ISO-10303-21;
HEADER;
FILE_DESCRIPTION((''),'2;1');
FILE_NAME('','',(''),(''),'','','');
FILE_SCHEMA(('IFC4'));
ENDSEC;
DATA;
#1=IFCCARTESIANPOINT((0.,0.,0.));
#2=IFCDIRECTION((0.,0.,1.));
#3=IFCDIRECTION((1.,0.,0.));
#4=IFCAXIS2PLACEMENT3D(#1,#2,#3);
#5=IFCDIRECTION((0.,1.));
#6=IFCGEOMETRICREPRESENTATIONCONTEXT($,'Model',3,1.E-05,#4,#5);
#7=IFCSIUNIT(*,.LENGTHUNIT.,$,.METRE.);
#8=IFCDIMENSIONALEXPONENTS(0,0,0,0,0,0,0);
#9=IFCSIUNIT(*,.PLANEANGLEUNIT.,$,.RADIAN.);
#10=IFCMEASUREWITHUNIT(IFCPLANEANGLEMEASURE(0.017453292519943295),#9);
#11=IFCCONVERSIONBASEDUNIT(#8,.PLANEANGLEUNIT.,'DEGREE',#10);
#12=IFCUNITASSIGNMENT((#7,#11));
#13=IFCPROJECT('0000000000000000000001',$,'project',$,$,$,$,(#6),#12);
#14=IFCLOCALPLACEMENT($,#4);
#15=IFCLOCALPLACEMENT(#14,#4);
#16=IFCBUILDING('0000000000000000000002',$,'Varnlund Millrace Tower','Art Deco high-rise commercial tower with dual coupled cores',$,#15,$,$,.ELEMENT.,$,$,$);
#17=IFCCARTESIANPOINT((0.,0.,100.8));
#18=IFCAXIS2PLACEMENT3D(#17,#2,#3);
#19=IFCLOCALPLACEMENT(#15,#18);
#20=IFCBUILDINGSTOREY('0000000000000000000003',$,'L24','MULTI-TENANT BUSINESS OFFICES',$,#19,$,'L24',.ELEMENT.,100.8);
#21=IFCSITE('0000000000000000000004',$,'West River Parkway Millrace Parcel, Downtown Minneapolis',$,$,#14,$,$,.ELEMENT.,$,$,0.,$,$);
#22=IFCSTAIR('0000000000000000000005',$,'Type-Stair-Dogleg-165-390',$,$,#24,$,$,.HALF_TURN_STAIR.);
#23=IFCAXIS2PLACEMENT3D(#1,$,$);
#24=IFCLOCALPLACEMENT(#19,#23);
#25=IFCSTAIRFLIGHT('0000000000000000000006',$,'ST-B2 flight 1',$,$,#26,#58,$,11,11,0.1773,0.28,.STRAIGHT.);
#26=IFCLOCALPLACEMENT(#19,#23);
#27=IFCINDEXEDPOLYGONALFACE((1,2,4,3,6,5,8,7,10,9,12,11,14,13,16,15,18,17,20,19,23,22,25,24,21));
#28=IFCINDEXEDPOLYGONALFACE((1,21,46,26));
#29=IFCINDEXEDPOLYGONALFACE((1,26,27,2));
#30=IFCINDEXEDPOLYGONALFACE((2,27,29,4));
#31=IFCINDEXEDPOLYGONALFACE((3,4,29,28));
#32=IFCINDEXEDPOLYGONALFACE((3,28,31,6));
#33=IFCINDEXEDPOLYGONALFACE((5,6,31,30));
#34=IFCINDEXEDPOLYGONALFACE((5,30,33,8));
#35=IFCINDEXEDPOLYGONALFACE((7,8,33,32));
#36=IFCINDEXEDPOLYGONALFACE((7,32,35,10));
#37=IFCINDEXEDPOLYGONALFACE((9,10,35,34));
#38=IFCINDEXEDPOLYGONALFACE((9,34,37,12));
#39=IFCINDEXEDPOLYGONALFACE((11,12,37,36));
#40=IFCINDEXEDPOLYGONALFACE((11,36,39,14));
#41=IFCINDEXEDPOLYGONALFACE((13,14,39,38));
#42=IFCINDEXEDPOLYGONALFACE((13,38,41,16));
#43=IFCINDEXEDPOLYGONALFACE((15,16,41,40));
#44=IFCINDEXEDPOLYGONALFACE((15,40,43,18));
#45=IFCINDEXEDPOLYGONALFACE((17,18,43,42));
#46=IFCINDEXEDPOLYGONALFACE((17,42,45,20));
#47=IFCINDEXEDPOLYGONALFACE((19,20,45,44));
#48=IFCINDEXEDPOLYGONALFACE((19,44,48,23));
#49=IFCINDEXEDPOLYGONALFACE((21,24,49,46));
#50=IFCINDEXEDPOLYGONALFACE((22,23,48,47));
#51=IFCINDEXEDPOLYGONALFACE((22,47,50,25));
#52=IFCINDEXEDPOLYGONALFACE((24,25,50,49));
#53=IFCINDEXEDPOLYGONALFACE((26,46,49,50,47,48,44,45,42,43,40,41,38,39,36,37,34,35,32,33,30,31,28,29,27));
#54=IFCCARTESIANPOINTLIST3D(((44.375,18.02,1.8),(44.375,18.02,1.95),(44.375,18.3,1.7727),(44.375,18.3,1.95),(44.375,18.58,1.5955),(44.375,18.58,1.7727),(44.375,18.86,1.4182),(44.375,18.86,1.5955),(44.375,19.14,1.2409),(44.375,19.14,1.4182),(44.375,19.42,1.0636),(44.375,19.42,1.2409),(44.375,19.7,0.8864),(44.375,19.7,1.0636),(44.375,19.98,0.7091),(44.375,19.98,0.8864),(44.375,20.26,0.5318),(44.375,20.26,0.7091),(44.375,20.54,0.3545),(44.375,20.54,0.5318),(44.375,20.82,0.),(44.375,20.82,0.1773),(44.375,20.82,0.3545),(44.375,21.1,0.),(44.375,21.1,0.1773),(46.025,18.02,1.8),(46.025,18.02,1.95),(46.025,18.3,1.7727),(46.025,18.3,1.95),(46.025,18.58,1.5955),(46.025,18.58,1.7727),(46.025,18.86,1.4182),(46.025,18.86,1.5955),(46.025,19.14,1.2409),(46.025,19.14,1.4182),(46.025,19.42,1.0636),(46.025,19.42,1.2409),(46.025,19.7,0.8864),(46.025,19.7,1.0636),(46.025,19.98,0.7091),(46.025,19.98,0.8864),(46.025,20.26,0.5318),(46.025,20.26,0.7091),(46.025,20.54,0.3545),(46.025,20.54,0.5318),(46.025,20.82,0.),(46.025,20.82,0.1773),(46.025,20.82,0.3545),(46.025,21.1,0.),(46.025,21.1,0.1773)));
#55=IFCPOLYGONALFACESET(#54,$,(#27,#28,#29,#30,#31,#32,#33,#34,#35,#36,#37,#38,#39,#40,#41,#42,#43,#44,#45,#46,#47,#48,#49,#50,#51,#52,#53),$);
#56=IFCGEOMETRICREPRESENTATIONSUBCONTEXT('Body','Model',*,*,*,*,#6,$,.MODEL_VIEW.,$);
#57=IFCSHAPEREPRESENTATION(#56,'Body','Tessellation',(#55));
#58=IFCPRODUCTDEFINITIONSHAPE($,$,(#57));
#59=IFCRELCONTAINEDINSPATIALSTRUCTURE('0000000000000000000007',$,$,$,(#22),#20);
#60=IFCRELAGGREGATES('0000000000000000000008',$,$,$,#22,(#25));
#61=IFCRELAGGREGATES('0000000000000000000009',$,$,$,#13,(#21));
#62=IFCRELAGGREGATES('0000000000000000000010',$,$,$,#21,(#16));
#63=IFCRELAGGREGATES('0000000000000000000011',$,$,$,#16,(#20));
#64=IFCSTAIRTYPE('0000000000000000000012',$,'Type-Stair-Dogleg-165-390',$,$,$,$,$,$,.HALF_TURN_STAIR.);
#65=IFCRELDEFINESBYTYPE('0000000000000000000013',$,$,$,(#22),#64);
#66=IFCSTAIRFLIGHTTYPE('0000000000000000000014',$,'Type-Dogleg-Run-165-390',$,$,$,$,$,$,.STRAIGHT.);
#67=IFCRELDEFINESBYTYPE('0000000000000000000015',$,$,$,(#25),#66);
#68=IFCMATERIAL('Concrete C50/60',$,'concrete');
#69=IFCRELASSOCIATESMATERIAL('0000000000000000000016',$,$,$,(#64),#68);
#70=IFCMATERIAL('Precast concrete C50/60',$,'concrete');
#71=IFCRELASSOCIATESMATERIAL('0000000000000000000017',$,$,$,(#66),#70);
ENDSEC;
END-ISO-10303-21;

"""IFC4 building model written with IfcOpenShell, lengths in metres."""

from ifc_helpers import new_model, entity, si_unit, converted_unit, direction, frame, origin_with_axes, place, context, subcontext, project, spatial, polyline, outline, extrude, material, type_object, element, aggregate, save


model = new_model("IFC4")

# Units and contexts
model_context = context("Model", 3, precision=1e-05, world=origin_with_axes(), true_north=direction((0.0, 1.0)))
body_context = subcontext(model_context, "Body", "Model", "MODEL_VIEW")
ifc_project = project(units=[si_unit("LENGTHUNIT", "METRE"), converted_unit("PLANEANGLEUNIT", "DEGREE", entity("IfcPlaneAngleMeasure", 0.017453292519943295), si_unit("PLANEANGLEUNIT", "RADIAN"), dimensions=[0, 0, 0, 0, 0, 0, 0])], contexts=[model_context])

# Site, building, storey
site_placement = place(None, origin_with_axes())
site = spatial("IfcSite", under=ifc_project, at=site_placement, Name="West River Parkway Millrace Parcel, Downtown Minneapolis", CompositionType="ELEMENT", RefElevation=0.0)
building_placement = place(site_placement, origin_with_axes())
building = spatial("IfcBuilding", under=site, at=building_placement, Name="Varnlund Millrace Tower", Description="Art Deco high-rise commercial tower with dual coupled cores", CompositionType="ELEMENT")
storey_placement = place(building_placement, frame((0.0, 0.0, 100.8), z_axis=(0.0, 0.0, 1.0), x_axis=(1.0, 0.0, 0.0)))
storey = spatial("IfcBuildingStorey", under=building, at=storey_placement, Name="L24", Description="MULTI-TENANT BUSINESS OFFICES", LongName="L24", CompositionType="ELEMENT", Elevation=100.8)

# Stair, stair flight
ifc_material_1 = material(Name="Concrete C50/60", Category="concrete")
stair_type = type_object("IfcStairType", Name="Type-Stair-Dogleg-165-390", PredefinedType="HALF_TURN_STAIR", material=ifc_material_1)
ifc_material_2 = material(Name="Precast concrete C50/60", Category="concrete")
stair_flight_type = type_object("IfcStairFlightType", Name="Type-Dogleg-Run-165-390", PredefinedType="STRAIGHT", material=ifc_material_2)
stair_1_placement = place(storey_placement, origin_with_axes())
stair_1 = element("IfcStair", 1, at=stair_1_placement, inside=storey, type_object=stair_type, Name="Type-Stair-Dogleg-165-390", PredefinedType="HALF_TURN_STAIR")
stair_flight_1_placement = place(storey_placement, frame((46.025, 21.1, 0.0), z_axis=(-1.0, 0.0, 0.0), x_axis=(0.0, -1.0, 0.0)))
stair_flight_1 = element("IfcStairFlight", 2, at=stair_flight_1_placement, type_object=stair_flight_type, Name="ST-B2 flight 1", NumberOfRisers=11, NumberOfTreads=11, PredefinedType="STRAIGHT", RiserHeight=0.1773, TreadLength=0.28, context=body_context, shape_type="SweptSolid", body=[
    extrude(outline(polyline([(0.0, 0.0), (0.0, 0.1773), (0.28, 0.1773), (0.28, 0.3545), (0.56, 0.3545), (0.56, 0.5318), (0.84, 0.5318), (0.84, 0.7091), (1.12, 0.7091), (1.12, 0.8864), (1.4, 0.8864), (1.4, 1.0636), (1.68, 1.0636), (1.68, 1.2409), (1.96, 1.2409), (1.96, 1.4182), (2.24, 1.4182), (2.24, 1.5955), (2.52, 1.5955), (2.52, 1.7727), (2.8, 1.7727), (2.8, 1.95), (3.08, 1.95), (3.08, 1.8), (0.28, 0.0), (0.0, 0.0)])), origin_with_axes(), (0.0, 0.0, 1.0), 1.65),
])
aggregate(stair_1, [stair_flight_1])

save(model, "model.ifc")
